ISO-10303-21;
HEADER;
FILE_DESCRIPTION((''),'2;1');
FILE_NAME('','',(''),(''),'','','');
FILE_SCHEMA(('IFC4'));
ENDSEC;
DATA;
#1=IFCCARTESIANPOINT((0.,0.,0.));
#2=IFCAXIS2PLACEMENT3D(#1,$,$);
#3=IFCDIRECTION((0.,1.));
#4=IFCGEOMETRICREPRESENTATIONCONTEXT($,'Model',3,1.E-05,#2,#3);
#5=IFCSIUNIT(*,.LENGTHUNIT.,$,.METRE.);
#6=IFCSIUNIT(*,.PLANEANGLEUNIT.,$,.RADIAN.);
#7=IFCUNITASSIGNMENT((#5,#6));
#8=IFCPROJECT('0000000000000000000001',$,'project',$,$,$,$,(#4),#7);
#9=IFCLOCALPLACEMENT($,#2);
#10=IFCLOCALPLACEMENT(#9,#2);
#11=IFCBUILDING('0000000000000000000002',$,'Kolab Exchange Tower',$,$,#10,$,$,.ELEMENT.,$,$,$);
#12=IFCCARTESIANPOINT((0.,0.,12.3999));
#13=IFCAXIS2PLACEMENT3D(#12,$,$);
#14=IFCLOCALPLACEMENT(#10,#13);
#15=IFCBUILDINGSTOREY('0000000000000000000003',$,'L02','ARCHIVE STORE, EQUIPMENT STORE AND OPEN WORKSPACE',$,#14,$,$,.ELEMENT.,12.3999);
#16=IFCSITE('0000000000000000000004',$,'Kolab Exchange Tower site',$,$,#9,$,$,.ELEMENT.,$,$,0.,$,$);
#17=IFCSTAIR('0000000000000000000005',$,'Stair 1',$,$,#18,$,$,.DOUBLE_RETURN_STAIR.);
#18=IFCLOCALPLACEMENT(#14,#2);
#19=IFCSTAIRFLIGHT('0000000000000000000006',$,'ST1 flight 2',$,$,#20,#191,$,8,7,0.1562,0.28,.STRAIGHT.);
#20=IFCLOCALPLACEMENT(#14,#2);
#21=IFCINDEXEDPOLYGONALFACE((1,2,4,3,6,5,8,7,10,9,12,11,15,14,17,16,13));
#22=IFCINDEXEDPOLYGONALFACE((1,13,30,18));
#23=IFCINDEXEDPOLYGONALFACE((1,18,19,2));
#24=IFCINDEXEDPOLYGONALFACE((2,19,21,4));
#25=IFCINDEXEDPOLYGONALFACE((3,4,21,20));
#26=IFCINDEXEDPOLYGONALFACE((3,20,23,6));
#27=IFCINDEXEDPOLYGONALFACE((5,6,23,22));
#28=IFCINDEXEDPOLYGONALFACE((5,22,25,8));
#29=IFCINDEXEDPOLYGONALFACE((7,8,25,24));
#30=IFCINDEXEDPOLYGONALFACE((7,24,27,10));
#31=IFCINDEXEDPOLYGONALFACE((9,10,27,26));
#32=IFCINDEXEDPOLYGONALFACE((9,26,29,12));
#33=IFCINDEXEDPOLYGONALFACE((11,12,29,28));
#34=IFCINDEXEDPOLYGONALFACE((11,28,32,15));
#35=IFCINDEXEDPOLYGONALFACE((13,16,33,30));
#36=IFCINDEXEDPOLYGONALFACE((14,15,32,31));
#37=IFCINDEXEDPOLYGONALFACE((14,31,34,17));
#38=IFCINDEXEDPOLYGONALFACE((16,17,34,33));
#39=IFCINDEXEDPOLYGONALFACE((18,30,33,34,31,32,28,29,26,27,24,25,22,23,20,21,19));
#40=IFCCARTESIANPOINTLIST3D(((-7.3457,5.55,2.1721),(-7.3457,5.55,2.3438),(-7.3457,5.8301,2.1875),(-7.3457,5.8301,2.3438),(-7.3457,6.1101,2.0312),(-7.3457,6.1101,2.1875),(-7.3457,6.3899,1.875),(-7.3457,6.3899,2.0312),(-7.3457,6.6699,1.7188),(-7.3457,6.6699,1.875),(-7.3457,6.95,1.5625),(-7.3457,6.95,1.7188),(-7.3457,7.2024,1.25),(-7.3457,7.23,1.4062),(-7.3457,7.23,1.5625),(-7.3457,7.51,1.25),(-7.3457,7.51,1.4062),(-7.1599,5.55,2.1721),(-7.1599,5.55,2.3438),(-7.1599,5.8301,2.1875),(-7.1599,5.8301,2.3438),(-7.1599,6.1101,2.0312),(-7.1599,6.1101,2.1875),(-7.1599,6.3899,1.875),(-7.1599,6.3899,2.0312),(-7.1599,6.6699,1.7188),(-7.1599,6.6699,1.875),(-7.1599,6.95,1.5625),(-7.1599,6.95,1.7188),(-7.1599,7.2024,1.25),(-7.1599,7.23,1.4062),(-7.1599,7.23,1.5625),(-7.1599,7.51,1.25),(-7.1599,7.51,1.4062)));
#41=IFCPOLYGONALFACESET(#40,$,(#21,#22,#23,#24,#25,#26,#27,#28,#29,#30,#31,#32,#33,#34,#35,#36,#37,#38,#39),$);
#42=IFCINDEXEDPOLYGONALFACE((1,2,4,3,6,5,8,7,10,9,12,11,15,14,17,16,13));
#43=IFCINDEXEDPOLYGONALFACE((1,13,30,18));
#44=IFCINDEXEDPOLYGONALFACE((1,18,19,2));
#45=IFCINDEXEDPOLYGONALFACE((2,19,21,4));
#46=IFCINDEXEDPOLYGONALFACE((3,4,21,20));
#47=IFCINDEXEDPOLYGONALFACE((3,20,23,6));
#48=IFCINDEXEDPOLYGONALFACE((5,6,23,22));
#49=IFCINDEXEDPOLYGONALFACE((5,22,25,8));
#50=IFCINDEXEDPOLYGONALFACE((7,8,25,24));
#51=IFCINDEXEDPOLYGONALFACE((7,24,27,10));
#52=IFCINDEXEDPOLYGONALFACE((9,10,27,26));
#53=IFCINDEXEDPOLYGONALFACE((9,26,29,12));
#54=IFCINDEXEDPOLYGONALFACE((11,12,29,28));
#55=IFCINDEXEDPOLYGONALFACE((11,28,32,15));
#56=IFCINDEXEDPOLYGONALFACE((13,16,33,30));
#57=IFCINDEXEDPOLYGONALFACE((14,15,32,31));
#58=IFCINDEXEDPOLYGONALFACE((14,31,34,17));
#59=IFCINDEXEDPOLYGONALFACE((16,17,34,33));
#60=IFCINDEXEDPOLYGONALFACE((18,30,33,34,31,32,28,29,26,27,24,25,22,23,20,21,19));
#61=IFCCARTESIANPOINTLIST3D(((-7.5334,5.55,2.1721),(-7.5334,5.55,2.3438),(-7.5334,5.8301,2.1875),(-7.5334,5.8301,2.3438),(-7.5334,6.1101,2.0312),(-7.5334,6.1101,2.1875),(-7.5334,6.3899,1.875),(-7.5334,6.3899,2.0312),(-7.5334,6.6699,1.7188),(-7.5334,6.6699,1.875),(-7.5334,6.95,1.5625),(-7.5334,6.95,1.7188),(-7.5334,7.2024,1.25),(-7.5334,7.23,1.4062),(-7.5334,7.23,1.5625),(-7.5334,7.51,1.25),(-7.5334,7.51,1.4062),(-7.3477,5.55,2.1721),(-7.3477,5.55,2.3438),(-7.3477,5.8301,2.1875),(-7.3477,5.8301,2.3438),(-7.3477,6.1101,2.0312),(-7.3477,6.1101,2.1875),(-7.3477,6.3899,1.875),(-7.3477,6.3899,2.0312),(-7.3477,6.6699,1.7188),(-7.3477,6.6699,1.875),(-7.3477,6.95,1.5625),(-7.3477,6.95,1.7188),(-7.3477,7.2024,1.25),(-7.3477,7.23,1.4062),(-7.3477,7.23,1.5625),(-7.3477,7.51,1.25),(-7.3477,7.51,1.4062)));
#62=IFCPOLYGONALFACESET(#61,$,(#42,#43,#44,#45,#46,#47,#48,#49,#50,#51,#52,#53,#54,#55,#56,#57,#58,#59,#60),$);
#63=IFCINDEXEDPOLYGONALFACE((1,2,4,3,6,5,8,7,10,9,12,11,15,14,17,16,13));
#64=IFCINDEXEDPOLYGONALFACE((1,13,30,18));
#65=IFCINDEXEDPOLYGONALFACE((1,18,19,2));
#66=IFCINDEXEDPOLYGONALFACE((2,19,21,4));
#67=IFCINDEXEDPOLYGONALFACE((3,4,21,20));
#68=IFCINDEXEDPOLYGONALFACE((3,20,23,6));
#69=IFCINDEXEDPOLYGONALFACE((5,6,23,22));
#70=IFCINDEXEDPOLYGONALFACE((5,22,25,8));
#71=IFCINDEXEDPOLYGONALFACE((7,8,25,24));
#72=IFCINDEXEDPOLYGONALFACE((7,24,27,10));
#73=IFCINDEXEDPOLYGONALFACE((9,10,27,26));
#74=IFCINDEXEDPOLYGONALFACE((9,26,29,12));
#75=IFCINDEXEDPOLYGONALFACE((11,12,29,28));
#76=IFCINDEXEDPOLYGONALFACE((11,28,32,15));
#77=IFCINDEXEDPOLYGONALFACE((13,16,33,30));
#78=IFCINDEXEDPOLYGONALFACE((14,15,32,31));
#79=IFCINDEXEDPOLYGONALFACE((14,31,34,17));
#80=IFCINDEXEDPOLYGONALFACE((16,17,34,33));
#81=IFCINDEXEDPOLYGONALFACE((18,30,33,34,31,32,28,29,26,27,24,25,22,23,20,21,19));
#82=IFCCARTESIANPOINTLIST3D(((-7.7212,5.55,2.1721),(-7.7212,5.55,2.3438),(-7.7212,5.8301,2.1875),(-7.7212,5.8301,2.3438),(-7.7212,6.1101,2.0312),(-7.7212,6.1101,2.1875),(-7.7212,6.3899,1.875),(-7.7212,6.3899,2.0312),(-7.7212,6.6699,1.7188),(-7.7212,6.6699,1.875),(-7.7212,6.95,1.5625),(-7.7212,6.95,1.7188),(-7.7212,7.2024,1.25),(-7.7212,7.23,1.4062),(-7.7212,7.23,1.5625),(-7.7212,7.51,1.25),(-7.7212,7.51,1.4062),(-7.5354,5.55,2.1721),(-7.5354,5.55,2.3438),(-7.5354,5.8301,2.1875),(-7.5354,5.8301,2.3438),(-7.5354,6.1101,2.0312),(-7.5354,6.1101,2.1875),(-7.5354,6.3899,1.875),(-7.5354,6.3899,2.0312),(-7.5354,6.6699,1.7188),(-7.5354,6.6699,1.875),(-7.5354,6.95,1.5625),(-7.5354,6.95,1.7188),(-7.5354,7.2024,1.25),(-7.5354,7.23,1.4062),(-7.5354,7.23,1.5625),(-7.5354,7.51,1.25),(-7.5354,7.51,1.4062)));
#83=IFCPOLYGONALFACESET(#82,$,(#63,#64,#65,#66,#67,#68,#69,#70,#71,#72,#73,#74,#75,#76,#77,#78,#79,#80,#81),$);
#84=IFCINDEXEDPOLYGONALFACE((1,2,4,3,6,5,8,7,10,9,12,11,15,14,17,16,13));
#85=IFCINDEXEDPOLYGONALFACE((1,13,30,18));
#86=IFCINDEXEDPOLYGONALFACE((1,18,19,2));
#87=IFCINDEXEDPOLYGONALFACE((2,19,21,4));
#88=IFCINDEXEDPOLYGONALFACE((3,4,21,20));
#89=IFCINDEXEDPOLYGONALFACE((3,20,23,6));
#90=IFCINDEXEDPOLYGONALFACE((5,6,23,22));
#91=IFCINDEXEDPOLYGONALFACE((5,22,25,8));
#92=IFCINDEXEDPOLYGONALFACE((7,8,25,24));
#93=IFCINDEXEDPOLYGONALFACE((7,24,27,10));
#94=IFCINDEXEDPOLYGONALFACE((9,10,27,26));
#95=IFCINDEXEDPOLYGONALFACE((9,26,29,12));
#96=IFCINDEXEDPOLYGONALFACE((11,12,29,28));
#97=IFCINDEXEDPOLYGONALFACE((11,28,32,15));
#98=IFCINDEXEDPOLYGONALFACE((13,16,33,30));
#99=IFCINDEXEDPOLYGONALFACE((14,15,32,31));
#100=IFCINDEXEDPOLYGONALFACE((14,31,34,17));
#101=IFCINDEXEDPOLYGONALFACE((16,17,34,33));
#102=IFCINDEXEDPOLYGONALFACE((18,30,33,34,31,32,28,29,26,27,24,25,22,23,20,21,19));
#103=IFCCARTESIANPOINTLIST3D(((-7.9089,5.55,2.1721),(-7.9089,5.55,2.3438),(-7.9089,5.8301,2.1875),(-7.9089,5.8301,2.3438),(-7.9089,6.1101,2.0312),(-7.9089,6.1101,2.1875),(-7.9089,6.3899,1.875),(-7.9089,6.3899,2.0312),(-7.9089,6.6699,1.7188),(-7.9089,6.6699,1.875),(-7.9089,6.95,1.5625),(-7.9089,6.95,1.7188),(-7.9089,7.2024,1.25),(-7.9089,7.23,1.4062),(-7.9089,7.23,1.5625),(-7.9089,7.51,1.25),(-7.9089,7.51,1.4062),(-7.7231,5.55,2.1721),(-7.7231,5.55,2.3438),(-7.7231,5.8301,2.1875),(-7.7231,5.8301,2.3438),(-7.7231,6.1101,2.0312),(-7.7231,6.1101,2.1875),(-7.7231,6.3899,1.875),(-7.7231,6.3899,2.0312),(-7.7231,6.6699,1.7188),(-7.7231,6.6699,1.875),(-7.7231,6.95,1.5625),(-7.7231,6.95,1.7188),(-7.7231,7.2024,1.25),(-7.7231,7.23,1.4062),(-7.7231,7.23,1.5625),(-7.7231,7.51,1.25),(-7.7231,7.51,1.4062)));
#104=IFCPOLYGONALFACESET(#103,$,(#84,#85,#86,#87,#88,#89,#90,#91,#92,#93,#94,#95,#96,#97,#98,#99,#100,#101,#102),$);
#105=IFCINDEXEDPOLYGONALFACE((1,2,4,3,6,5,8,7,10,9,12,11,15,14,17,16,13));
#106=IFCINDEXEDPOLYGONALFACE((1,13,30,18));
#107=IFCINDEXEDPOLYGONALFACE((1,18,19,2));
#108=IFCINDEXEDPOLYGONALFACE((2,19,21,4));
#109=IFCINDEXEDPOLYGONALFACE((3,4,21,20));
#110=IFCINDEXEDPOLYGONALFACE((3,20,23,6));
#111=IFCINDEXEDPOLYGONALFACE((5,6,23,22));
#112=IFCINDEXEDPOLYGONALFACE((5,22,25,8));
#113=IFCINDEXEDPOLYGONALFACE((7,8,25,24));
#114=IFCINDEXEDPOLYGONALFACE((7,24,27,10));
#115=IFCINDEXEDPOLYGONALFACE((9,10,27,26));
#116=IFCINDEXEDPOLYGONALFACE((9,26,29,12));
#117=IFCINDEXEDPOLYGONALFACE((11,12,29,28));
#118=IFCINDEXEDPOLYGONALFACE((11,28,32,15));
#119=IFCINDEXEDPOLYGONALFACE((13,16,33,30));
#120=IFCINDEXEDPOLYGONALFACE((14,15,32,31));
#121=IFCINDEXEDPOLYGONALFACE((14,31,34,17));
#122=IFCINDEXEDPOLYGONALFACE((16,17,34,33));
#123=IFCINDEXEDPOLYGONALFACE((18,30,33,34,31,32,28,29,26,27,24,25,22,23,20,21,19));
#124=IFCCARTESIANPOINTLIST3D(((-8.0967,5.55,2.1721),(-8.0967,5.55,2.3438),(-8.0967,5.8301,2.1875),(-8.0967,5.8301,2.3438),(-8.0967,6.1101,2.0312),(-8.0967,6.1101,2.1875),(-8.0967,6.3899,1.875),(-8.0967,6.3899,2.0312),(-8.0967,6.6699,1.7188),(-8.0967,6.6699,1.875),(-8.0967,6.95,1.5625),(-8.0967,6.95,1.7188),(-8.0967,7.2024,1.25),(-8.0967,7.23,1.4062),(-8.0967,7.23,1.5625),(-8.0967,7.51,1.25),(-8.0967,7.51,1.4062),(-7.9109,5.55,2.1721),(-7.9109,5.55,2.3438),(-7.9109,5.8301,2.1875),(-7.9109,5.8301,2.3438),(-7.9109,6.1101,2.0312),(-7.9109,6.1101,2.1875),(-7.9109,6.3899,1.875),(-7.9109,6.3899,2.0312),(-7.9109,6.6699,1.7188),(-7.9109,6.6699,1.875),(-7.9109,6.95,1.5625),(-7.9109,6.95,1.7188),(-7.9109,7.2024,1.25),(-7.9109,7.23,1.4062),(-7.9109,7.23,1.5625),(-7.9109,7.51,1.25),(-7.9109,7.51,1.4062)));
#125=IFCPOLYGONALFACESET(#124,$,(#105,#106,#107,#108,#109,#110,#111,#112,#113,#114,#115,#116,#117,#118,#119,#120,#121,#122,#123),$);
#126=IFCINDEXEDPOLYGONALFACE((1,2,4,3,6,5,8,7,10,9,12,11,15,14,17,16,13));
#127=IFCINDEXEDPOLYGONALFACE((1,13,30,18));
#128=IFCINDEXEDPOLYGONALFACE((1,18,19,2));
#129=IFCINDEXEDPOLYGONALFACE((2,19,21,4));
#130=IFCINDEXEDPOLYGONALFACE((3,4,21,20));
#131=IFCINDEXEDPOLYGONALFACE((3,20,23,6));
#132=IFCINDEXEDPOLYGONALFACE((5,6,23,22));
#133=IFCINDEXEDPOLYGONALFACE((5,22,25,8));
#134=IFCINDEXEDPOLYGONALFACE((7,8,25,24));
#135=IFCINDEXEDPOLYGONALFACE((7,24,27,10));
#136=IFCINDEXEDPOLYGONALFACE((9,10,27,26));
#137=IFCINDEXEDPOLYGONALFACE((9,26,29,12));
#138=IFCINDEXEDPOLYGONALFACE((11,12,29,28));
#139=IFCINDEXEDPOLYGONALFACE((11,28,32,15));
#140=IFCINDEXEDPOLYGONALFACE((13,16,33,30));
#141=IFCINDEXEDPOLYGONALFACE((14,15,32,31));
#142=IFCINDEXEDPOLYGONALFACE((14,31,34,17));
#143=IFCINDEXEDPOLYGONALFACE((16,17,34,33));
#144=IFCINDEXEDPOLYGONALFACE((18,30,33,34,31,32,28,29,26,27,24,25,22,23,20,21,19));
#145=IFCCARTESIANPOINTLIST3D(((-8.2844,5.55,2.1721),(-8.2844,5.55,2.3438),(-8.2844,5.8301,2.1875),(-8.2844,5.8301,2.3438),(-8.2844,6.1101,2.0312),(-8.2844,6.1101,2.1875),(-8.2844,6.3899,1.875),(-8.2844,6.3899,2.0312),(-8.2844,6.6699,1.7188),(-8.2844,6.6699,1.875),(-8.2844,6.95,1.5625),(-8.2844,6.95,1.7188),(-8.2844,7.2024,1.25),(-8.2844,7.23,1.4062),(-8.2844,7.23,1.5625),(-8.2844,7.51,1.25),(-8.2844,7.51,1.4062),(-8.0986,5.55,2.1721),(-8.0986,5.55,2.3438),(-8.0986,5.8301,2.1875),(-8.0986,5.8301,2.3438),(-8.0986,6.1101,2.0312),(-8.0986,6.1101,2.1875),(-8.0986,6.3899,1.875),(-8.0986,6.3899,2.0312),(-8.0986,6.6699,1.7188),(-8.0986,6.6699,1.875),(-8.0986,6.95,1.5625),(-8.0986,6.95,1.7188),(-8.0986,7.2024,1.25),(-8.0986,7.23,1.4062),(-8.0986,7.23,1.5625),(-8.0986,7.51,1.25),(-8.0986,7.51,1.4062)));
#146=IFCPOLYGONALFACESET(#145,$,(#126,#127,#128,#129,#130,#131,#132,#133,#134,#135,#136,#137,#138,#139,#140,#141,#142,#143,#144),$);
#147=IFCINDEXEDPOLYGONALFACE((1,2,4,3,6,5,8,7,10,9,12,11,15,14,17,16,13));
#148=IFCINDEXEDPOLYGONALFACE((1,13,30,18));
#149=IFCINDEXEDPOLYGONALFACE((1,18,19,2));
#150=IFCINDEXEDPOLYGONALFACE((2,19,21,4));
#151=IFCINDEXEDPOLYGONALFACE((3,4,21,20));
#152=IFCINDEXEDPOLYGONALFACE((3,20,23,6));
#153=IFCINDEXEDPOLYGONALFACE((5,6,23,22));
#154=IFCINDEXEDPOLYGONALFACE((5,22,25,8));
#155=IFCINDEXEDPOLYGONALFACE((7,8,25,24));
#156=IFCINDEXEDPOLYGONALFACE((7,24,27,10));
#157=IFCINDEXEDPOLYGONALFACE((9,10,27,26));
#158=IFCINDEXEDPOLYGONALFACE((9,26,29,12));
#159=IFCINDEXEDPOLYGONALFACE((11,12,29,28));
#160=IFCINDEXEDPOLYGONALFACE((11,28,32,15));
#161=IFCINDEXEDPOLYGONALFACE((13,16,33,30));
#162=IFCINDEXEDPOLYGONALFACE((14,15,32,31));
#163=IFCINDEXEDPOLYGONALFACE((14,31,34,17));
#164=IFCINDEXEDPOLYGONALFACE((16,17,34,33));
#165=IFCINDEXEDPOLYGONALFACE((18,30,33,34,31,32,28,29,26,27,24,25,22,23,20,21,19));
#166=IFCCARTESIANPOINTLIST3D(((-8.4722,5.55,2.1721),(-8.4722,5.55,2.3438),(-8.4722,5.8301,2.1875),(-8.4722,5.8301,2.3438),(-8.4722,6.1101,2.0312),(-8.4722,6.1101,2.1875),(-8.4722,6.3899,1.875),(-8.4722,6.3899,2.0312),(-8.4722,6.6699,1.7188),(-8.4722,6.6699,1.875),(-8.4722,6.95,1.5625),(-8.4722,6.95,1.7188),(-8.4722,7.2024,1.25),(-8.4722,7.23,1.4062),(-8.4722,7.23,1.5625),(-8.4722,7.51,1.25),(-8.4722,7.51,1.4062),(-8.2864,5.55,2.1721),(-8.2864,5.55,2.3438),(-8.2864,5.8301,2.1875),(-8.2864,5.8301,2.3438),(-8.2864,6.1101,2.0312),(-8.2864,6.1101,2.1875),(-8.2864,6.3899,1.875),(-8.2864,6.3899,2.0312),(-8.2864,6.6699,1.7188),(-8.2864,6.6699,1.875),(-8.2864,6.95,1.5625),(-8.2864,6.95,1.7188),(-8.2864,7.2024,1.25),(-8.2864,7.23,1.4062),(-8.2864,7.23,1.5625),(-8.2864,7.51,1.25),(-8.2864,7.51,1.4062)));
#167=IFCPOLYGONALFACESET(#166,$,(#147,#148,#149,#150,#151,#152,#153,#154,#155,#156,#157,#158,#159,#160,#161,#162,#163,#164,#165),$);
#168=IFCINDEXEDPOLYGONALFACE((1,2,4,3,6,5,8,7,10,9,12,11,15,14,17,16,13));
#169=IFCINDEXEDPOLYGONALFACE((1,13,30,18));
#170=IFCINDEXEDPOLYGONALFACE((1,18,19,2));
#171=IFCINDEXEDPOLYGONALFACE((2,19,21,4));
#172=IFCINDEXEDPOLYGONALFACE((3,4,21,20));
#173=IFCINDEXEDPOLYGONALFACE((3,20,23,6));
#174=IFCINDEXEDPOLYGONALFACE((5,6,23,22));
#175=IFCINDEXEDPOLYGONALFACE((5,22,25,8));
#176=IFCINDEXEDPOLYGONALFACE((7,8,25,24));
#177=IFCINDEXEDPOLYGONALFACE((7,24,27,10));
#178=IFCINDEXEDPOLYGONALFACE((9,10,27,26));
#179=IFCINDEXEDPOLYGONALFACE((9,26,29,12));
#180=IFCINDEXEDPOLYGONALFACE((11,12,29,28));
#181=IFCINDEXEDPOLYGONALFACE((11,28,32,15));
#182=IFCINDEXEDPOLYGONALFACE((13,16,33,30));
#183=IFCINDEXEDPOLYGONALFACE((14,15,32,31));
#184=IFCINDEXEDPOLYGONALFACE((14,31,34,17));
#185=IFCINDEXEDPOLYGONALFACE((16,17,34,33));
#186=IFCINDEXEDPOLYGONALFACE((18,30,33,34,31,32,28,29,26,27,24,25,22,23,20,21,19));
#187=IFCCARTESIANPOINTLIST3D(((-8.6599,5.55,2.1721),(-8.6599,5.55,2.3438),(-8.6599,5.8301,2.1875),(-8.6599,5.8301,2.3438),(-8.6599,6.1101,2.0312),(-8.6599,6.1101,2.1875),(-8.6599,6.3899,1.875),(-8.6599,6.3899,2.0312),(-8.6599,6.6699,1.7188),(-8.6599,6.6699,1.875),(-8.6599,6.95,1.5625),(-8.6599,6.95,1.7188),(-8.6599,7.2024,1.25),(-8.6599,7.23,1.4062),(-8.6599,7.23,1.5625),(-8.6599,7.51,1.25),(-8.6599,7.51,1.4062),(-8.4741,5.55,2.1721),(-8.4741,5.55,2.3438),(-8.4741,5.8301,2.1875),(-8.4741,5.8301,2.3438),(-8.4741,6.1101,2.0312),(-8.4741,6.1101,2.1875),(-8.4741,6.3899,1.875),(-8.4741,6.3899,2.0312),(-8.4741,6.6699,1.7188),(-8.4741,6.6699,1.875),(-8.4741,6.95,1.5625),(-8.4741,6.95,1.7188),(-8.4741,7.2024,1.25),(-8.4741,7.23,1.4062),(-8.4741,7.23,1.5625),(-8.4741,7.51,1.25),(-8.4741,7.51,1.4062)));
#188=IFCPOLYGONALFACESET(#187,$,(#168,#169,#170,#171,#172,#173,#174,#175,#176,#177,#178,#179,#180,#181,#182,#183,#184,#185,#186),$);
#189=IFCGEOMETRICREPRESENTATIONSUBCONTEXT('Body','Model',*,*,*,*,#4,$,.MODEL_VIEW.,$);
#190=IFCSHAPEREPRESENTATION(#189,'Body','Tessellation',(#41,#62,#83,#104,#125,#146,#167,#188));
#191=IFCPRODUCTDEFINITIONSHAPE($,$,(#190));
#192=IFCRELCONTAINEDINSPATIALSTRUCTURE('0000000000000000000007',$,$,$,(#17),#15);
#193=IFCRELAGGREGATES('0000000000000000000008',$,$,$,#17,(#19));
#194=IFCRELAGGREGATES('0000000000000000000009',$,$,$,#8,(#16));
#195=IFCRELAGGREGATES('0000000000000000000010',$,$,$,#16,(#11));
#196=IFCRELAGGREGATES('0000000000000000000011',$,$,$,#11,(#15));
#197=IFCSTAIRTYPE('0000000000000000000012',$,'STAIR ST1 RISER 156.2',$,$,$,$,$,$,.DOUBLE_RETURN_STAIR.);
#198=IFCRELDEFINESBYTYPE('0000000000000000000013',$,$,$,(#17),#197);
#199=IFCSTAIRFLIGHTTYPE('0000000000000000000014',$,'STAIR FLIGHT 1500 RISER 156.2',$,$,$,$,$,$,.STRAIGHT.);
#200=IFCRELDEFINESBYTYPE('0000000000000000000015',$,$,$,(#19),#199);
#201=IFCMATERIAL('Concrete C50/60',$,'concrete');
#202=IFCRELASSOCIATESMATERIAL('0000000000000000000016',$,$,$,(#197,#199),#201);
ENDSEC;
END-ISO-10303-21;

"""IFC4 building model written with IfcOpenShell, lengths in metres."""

from ifc_helpers import new_model, si_unit, direction, frame, origin, place, context, subcontext, project, spatial, polyline, outline, extrude, material, type_object, element, aggregate, save


model = new_model("IFC4")

# Units and contexts
model_context = context("Model", 3, precision=1e-05, world=origin(), true_north=direction((0.0, 1.0)))
body_context = subcontext(model_context, "Body", "Model", "MODEL_VIEW")
ifc_project = project(units=[si_unit("LENGTHUNIT", "METRE"), si_unit("PLANEANGLEUNIT", "RADIAN")], contexts=[model_context])

# Site, building, storey
site_placement = place(None, origin())
site = spatial("IfcSite", under=ifc_project, at=site_placement, Name="Kolab Exchange Tower site", CompositionType="ELEMENT", RefElevation=0.0)
building_placement = place(site_placement, origin())
building = spatial("IfcBuilding", under=site, at=building_placement, Name="Kolab Exchange Tower", CompositionType="ELEMENT")
storey_placement = place(building_placement, frame((0.0, 0.0, 12.3999)))
storey = spatial("IfcBuildingStorey", under=building, at=storey_placement, Name="L02", Description="ARCHIVE STORE, EQUIPMENT STORE AND OPEN WORKSPACE", CompositionType="ELEMENT", Elevation=12.3999)

# Shared definitions
ifc_material_1 = material(Name="Concrete C50/60", Category="concrete")

# Stair, stair flight
stair_type = type_object("IfcStairType", Name="STAIR ST1 RISER 156.2", PredefinedType="DOUBLE_RETURN_STAIR", material=ifc_material_1)
stair_placement = place(storey_placement, origin())
stair = element("IfcStair", 1, at=stair_placement, inside=storey, type_object=stair_type, Name="Stair 1", PredefinedType="DOUBLE_RETURN_STAIR")
stair_flight_type = type_object("IfcStairFlightType", Name="STAIR FLIGHT 1500 RISER 156.2", PredefinedType="STRAIGHT", material=ifc_material_1)
stair_flight_1_placement = place(storey_placement, frame((-7.9099, 7.51, 1.25), z_axis=(0.0, 0.0, 1.0), x_axis=(0.0, -1.0, 0.0)))
stair_flight_1 = element("IfcStairFlight", 2, at=stair_flight_1_placement, type_object=stair_flight_type, Name="ST1 flight 2", NumberOfRisers=8, NumberOfTreads=7, PredefinedType="STRAIGHT", RiserHeight=0.1562, TreadLength=0.28, context=body_context, shape_type="SweptSolid", body=[
    extrude(outline(polyline([(0.0, 0.0), (0.0, 0.1562), (0.28, 0.1562), (0.28, 0.3125), (0.5601, 0.3125), (0.5601, 0.4688), (0.8401, 0.4688), (0.8401, 0.625), (1.1201, 0.625), (1.1201, 0.7812), (1.3999, 0.7812), (1.3999, 0.9375), (1.6799, 0.9375), (1.6799, 1.0938), (1.96, 1.0938), (1.96, 1.25), (1.96, 0.9221), (0.3076, 0.0), (0.0, 0.0)])), frame((0.0, 0.75, 0.0), z_axis=(0.0, -1.0, 0.0), x_axis=(1.0, 0.0, 0.0)), (0.0, 0.0, 1.0), 0.1858),
    extrude(outline(polyline([(0.0, 0.0), (0.0, 0.1562), (0.28, 0.1562), (0.28, 0.3125), (0.5601, 0.3125), (0.5601, 0.4688), (0.8401, 0.4688), (0.8401, 0.625), (1.1201, 0.625), (1.1201, 0.7812), (1.3999, 0.7812), (1.3999, 0.9375), (1.6799, 0.9375), (1.6799, 1.0938), (1.96, 1.0938), (1.96, 1.25), (1.96, 0.9221), (0.3076, 0.0), (0.0, 0.0)])), frame((0.0, 0.5623, 0.0), z_axis=(0.0, -1.0, 0.0), x_axis=(1.0, 0.0, 0.0)), (0.0, 0.0, 1.0), 0.1858),
    extrude(outline(polyline([(0.0, 0.0), (0.0, 0.1562), (0.28, 0.1562), (0.28, 0.3125), (0.5601, 0.3125), (0.5601, 0.4688), (0.8401, 0.4688), (0.8401, 0.625), (1.1201, 0.625), (1.1201, 0.7812), (1.3999, 0.7812), (1.3999, 0.9375), (1.6799, 0.9375), (1.6799, 1.0938), (1.96, 1.0938), (1.96, 1.25), (1.96, 0.9221), (0.3076, 0.0), (0.0, 0.0)])), frame((0.0, 0.3745, 0.0), z_axis=(0.0, -1.0, 0.0), x_axis=(1.0, 0.0, 0.0)), (0.0, 0.0, 1.0), 0.1858),
    extrude(outline(polyline([(0.0, 0.0), (0.0, 0.1562), (0.28, 0.1562), (0.28, 0.3125), (0.5601, 0.3125), (0.5601, 0.4688), (0.8401, 0.4688), (0.8401, 0.625), (1.1201, 0.625), (1.1201, 0.7812), (1.3999, 0.7812), (1.3999, 0.9375), (1.6799, 0.9375), (1.6799, 1.0938), (1.96, 1.0938), (1.96, 1.25), (1.96, 0.9221), (0.3076, 0.0), (0.0, 0.0)])), frame((0.0, 0.1868, 0.0), z_axis=(0.0, -1.0, 0.0), x_axis=(1.0, 0.0, 0.0)), (0.0, 0.0, 1.0), 0.1858),
    extrude(outline(polyline([(0.0, 0.0), (0.0, 0.1562), (0.28, 0.1562), (0.28, 0.3125), (0.5601, 0.3125), (0.5601, 0.4688), (0.8401, 0.4688), (0.8401, 0.625), (1.1201, 0.625), (1.1201, 0.7812), (1.3999, 0.7812), (1.3999, 0.9375), (1.6799, 0.9375), (1.6799, 1.0938), (1.96, 1.0938), (1.96, 1.25), (1.96, 0.9221), (0.3076, 0.0), (0.0, 0.0)])), frame((0.0, -0.001, 0.0), z_axis=(0.0, -1.0, 0.0), x_axis=(1.0, 0.0, 0.0)), (0.0, 0.0, 1.0), 0.1858),
    extrude(outline(polyline([(0.0, 0.0), (0.0, 0.1562), (0.28, 0.1562), (0.28, 0.3125), (0.5601, 0.3125), (0.5601, 0.4688), (0.8401, 0.4688), (0.8401, 0.625), (1.1201, 0.625), (1.1201, 0.7812), (1.3999, 0.7812), (1.3999, 0.9375), (1.6799, 0.9375), (1.6799, 1.0938), (1.96, 1.0938), (1.96, 1.25), (1.96, 0.9221), (0.3076, 0.0), (0.0, 0.0)])), frame((0.0, -0.1887, 0.0), z_axis=(0.0, -1.0, 0.0), x_axis=(1.0, 0.0, 0.0)), (0.0, 0.0, 1.0), 0.1858),
    extrude(outline(polyline([(0.0, 0.0), (0.0, 0.1562), (0.28, 0.1562), (0.28, 0.3125), (0.5601, 0.3125), (0.5601, 0.4688), (0.8401, 0.4688), (0.8401, 0.625), (1.1201, 0.625), (1.1201, 0.7812), (1.3999, 0.7812), (1.3999, 0.9375), (1.6799, 0.9375), (1.6799, 1.0938), (1.96, 1.0938), (1.96, 1.25), (1.96, 0.9221), (0.3076, 0.0), (0.0, 0.0)])), frame((0.0, -0.3765, 0.0), z_axis=(0.0, -1.0, 0.0), x_axis=(1.0, 0.0, 0.0)), (0.0, 0.0, 1.0), 0.1858),
    extrude(outline(polyline([(0.0, 0.0), (0.0, 0.1562), (0.28, 0.1562), (0.28, 0.3125), (0.5601, 0.3125), (0.5601, 0.4688), (0.8401, 0.4688), (0.8401, 0.625), (1.1201, 0.625), (1.1201, 0.7812), (1.3999, 0.7812), (1.3999, 0.9375), (1.6799, 0.9375), (1.6799, 1.0938), (1.96, 1.0938), (1.96, 1.25), (1.96, 0.9221), (0.3076, 0.0), (0.0, 0.0)])), frame((0.0, -0.5642, 0.0), z_axis=(0.0, -1.0, 0.0), x_axis=(1.0, 0.0, 0.0)), (0.0, 0.0, 1.0), 0.1858),
])
aggregate(stair, [stair_flight_1])

save(model, "model.ifc")
